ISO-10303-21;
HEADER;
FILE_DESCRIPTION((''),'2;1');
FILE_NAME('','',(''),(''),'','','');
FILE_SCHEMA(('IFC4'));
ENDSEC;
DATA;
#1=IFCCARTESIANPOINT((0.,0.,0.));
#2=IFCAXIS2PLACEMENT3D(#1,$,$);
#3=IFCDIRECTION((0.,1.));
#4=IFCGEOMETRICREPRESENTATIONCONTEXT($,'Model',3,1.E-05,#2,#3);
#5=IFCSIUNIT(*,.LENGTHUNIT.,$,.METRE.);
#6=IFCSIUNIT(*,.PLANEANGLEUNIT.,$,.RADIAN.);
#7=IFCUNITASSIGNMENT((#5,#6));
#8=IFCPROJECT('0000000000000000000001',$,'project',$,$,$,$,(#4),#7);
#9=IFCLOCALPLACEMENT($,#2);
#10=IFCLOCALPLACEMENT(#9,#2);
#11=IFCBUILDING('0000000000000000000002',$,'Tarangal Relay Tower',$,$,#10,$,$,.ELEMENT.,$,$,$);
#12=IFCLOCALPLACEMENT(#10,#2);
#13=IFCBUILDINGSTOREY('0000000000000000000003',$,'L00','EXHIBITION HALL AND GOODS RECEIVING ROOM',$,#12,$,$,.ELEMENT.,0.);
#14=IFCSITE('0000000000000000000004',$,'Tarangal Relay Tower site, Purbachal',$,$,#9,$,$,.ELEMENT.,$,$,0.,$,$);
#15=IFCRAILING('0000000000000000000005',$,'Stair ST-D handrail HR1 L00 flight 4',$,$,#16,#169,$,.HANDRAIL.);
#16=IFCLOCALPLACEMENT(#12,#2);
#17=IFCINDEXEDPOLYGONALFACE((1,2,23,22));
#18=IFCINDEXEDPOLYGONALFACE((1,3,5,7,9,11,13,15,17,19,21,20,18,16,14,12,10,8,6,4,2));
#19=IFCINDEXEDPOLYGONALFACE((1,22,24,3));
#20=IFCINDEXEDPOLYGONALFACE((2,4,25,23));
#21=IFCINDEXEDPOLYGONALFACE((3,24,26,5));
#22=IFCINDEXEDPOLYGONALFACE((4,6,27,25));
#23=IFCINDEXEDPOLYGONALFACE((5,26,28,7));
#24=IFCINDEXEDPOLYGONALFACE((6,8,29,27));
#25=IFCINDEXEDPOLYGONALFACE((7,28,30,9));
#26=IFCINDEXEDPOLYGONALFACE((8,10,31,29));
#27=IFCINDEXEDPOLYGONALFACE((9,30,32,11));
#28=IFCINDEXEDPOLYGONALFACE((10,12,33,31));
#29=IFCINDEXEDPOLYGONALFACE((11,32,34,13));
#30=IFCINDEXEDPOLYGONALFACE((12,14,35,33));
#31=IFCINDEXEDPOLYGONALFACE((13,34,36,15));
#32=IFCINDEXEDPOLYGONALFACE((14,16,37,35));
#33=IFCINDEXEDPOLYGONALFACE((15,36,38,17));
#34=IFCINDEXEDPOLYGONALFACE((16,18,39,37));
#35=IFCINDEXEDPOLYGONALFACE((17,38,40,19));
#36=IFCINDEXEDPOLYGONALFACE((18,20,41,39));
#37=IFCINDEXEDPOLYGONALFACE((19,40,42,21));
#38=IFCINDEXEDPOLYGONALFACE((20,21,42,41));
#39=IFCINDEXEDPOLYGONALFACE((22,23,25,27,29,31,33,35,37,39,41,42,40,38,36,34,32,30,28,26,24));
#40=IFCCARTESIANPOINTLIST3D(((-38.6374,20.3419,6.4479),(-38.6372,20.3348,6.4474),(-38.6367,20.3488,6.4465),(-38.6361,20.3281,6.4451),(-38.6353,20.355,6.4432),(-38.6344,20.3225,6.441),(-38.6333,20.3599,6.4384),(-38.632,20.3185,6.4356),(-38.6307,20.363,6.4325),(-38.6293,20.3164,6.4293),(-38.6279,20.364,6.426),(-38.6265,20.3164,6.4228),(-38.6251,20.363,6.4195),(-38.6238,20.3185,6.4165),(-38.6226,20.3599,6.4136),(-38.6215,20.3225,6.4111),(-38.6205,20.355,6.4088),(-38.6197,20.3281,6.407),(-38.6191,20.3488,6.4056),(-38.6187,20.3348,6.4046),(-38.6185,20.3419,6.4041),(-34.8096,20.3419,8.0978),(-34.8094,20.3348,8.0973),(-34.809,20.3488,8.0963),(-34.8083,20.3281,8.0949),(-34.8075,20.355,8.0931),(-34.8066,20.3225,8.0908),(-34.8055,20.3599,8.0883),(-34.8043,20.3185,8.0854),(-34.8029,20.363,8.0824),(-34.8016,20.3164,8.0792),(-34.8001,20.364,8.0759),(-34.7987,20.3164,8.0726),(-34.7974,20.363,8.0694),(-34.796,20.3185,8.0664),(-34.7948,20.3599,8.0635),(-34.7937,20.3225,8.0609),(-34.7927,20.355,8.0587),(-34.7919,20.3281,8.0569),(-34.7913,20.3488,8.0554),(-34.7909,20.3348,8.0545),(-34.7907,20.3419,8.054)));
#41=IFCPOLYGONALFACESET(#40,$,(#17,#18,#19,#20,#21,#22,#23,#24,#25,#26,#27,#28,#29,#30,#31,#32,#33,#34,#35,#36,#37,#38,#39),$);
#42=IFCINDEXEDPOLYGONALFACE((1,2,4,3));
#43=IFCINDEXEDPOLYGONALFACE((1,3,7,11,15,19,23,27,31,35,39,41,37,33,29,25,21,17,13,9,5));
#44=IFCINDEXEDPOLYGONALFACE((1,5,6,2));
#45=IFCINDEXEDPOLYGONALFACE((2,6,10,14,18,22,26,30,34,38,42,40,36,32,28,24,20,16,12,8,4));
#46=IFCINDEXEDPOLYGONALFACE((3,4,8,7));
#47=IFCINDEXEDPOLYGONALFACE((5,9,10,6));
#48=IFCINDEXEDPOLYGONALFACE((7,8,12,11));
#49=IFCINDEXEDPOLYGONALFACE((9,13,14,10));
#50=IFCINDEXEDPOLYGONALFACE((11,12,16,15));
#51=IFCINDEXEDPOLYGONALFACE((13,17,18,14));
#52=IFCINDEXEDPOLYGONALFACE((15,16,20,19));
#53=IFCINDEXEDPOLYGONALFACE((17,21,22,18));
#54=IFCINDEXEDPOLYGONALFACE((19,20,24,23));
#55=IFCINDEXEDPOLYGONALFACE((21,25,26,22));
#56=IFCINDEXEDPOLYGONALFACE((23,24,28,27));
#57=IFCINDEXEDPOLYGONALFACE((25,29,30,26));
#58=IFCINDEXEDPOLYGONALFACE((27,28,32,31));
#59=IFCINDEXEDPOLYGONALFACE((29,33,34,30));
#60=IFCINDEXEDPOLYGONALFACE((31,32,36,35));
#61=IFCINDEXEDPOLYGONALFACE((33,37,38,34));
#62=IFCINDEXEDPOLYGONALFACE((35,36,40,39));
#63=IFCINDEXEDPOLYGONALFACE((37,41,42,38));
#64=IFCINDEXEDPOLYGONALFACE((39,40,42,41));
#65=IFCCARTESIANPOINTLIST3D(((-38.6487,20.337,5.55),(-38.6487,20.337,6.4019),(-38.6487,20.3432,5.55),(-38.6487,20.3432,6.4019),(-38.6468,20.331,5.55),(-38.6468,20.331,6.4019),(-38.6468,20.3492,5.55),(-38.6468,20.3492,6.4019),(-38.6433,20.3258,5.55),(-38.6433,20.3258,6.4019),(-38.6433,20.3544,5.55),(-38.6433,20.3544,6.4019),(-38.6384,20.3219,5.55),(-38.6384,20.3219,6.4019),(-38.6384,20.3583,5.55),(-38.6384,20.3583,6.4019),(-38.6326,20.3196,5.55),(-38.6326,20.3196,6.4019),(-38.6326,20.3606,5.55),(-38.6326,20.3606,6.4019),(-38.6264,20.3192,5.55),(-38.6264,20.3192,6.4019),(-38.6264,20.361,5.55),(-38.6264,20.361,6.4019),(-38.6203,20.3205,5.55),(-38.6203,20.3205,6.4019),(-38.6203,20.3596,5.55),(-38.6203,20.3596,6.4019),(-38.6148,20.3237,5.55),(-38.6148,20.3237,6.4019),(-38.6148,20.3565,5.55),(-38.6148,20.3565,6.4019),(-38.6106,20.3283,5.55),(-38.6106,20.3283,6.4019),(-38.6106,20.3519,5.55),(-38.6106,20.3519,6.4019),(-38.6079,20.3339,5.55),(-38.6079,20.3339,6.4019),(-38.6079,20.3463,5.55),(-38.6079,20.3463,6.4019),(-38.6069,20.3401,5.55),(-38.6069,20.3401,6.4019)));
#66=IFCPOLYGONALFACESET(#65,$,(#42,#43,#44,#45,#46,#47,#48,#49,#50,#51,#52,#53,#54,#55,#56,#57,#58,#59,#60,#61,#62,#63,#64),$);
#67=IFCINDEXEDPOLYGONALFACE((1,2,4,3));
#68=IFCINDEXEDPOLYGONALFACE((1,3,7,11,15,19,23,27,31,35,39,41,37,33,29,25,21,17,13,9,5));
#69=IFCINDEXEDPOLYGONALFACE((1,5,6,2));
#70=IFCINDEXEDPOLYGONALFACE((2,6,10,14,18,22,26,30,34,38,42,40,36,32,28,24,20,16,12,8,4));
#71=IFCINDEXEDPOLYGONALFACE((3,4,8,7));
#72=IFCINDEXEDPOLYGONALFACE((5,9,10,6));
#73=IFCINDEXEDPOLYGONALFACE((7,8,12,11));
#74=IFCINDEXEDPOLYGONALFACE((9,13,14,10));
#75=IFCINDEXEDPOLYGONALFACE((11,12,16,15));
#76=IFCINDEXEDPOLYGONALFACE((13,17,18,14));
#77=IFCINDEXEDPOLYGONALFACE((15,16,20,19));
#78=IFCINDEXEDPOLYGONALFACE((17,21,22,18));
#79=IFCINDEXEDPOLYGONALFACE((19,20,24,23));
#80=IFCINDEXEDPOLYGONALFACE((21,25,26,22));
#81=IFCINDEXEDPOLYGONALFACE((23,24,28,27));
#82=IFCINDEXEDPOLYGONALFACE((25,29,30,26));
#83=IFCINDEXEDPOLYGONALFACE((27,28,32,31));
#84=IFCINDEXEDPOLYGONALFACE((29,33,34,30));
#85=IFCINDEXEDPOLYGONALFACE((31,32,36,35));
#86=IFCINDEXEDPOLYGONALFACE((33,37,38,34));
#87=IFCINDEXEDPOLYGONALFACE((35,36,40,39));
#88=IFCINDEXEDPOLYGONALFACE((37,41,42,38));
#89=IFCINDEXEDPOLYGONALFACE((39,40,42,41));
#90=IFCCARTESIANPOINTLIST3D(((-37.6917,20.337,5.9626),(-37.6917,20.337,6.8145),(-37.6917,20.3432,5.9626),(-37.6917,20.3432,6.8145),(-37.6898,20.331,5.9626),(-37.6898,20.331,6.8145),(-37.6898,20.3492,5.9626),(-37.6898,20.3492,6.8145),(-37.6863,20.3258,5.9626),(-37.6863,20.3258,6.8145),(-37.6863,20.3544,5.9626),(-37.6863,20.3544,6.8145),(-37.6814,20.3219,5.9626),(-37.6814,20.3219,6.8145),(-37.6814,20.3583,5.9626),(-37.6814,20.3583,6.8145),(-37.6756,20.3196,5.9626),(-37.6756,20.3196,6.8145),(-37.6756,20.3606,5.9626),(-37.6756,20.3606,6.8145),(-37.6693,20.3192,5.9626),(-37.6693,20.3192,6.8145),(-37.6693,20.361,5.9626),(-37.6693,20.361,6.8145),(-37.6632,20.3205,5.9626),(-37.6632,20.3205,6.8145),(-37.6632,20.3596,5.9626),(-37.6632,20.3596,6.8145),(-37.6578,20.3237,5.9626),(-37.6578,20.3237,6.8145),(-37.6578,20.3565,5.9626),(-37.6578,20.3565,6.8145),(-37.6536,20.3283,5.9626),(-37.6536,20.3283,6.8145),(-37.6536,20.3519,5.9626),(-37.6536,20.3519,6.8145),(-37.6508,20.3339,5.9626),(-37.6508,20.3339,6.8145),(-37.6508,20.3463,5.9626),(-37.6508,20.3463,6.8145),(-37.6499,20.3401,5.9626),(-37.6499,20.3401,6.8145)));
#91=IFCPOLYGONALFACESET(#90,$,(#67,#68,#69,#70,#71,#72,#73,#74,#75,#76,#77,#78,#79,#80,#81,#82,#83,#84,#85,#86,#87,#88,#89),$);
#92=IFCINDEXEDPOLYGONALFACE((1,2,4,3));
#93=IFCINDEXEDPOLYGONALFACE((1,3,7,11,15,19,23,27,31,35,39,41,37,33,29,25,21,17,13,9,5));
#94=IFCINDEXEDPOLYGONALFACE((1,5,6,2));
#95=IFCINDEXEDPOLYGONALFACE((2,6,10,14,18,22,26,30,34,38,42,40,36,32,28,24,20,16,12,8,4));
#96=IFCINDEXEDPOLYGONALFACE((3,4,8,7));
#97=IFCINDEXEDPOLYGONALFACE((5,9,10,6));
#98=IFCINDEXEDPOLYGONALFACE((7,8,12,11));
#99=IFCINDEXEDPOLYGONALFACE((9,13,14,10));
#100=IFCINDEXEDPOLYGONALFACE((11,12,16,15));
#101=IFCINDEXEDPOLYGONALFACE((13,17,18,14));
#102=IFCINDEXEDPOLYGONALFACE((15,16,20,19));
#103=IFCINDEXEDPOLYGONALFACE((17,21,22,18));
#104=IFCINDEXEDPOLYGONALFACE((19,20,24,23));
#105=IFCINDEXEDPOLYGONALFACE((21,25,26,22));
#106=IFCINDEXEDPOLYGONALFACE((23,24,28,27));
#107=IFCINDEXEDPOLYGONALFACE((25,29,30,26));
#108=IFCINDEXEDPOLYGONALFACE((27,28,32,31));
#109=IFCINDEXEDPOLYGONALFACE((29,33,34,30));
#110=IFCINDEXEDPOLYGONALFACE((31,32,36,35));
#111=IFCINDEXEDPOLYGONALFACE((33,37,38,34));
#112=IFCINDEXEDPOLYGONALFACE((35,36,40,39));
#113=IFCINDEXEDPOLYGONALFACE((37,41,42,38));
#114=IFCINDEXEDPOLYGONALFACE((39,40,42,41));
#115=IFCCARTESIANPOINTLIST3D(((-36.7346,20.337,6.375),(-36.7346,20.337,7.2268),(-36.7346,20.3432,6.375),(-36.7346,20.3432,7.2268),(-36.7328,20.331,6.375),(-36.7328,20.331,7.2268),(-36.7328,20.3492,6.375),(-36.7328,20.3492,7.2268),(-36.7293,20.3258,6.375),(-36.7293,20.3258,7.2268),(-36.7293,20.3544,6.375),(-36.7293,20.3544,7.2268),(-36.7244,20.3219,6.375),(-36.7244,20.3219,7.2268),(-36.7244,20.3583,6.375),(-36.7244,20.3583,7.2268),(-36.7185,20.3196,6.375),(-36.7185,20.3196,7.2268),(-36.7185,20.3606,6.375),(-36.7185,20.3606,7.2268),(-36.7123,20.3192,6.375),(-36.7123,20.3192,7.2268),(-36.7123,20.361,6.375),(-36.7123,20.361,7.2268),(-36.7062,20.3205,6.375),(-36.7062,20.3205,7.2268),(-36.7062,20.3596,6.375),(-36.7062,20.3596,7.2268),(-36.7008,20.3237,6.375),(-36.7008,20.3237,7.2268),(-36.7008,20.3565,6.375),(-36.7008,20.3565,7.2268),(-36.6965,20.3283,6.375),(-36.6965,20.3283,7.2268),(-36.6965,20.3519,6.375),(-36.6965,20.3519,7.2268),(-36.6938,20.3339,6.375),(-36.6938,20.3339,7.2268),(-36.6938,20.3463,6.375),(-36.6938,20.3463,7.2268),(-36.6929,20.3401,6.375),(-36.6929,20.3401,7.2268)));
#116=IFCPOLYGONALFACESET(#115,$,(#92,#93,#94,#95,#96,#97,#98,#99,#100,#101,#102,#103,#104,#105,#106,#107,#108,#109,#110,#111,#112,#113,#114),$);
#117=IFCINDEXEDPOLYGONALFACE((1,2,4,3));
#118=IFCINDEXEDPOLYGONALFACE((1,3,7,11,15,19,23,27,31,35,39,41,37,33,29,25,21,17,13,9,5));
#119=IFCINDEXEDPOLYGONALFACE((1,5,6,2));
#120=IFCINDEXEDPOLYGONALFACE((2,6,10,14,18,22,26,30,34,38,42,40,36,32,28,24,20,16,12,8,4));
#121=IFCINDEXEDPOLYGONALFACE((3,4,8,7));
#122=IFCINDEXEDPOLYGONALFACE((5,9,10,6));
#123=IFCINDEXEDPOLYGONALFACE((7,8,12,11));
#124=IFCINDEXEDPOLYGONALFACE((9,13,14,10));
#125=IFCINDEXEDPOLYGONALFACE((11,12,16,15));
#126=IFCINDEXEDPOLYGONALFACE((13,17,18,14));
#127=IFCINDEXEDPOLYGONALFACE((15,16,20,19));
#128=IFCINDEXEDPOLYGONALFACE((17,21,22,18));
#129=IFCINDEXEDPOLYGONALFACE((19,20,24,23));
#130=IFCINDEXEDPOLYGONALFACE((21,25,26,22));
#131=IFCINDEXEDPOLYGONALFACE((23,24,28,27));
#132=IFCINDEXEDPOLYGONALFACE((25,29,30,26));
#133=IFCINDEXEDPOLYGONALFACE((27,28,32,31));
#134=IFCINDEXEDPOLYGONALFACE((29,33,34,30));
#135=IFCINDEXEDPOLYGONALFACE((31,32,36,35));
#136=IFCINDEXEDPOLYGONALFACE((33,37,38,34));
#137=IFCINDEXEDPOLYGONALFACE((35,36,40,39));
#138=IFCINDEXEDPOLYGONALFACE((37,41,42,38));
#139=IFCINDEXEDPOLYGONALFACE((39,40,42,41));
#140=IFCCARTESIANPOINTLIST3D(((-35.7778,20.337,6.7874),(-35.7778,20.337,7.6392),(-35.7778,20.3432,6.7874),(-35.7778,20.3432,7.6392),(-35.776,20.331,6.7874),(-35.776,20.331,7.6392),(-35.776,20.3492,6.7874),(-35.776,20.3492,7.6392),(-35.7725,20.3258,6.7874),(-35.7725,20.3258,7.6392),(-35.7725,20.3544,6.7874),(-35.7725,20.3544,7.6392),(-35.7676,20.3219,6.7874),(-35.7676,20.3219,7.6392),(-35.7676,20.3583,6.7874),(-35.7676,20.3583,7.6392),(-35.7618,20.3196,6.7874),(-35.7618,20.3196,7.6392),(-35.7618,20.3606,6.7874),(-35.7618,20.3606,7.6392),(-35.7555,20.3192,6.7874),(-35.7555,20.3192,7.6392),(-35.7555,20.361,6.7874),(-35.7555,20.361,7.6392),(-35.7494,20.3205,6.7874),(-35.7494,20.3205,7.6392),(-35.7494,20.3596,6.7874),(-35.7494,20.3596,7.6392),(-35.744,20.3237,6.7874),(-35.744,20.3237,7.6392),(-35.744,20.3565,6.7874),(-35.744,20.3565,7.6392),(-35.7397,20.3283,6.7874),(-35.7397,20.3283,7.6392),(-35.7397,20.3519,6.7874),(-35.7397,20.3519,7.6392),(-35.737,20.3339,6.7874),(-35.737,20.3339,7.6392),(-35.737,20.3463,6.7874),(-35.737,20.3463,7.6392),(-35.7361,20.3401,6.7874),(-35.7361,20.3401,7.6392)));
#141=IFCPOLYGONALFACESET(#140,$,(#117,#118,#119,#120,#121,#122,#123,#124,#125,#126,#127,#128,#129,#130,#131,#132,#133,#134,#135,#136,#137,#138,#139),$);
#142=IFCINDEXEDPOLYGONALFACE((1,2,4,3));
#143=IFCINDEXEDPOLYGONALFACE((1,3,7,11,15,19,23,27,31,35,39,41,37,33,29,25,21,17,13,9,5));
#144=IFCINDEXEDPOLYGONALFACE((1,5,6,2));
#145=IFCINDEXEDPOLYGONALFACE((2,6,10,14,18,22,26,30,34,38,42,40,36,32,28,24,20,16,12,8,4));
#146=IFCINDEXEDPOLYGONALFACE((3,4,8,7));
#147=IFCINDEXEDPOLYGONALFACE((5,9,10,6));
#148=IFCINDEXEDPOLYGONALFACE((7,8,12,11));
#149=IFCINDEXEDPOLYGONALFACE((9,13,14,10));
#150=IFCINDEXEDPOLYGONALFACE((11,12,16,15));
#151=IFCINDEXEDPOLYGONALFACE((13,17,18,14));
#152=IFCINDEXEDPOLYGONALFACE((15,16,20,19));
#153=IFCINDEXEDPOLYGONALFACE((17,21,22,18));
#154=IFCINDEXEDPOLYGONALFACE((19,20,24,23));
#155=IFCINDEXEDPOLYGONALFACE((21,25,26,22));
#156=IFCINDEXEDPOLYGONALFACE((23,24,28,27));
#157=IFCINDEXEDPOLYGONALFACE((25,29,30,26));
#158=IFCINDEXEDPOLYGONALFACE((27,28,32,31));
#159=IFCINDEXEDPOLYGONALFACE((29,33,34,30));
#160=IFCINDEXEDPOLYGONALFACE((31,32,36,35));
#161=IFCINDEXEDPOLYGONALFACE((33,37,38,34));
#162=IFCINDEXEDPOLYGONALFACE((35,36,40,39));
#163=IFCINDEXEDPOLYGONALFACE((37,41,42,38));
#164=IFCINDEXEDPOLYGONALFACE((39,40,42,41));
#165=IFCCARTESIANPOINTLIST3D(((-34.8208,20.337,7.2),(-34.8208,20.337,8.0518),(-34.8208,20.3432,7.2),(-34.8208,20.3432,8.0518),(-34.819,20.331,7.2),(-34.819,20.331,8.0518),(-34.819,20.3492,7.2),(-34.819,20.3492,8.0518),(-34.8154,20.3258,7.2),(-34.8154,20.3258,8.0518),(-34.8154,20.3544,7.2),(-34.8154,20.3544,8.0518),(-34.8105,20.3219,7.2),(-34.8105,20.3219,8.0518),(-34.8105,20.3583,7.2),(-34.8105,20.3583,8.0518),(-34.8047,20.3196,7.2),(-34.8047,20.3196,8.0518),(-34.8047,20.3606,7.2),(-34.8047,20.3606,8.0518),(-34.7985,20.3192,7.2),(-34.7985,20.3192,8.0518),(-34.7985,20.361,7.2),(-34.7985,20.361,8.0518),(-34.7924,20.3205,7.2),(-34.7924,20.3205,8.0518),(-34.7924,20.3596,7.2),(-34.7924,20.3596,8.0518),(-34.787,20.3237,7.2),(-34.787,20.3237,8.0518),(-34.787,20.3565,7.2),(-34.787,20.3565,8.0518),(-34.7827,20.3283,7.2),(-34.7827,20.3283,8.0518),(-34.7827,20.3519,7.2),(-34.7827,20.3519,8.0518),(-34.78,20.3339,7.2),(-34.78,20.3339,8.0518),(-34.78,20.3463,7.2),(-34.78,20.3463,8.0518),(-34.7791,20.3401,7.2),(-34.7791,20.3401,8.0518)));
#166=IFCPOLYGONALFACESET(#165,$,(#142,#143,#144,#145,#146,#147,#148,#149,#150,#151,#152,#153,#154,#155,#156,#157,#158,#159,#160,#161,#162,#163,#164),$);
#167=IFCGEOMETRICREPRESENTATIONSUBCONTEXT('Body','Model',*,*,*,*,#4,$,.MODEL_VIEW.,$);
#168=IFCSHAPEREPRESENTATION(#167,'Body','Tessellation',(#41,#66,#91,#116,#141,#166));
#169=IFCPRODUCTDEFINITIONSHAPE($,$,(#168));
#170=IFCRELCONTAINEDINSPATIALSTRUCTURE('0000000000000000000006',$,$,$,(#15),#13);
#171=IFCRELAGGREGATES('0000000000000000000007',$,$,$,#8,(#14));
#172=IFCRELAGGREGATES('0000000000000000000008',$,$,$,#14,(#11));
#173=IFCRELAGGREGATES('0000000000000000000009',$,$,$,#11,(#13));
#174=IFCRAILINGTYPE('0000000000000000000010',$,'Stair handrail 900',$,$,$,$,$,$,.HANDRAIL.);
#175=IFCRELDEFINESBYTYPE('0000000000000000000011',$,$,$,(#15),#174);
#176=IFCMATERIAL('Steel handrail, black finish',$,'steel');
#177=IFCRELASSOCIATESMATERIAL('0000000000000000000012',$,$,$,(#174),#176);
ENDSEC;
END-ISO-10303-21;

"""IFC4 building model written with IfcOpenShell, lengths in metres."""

from ifc_helpers import new_model, si_unit, direction, frame, origin, origin_2d, place, context, subcontext, project, spatial, circle, extrude, material, type_object, element, save


model = new_model("IFC4")

# Units and contexts
model_context = context("Model", 3, precision=1e-05, world=origin(), true_north=direction((0.0, 1.0)))
body_context = subcontext(model_context, "Body", "Model", "MODEL_VIEW")
ifc_project = project(units=[si_unit("LENGTHUNIT", "METRE"), si_unit("PLANEANGLEUNIT", "RADIAN")], contexts=[model_context])

# Site, building, storey
site_placement = place(None, origin())
site = spatial("IfcSite", under=ifc_project, at=site_placement, Name="Tarangal Relay Tower site, Purbachal", CompositionType="ELEMENT", RefElevation=0.0)
building_placement = place(site_placement, origin())
building = spatial("IfcBuilding", under=site, at=building_placement, Name="Tarangal Relay Tower", CompositionType="ELEMENT")
storey_placement = place(building_placement, origin())
storey = spatial("IfcBuildingStorey", under=building, at=storey_placement, Name="L00", Description="EXHIBITION HALL AND GOODS RECEIVING ROOM", CompositionType="ELEMENT", Elevation=0.0)

# Railing
ifc_material_1 = material(Name="Steel handrail, black finish", Category="steel")
railing_type_1 = type_object("IfcRailingType", Name="Stair handrail 900", PredefinedType="HANDRAIL", material=ifc_material_1)
railing_1_placement = place(storey_placement, frame((-38.6279, 20.3401, 5.55)))
element("IfcRailing", 1, at=railing_1_placement, inside=storey, type_object=railing_type_1, Name="Stair ST-D handrail HR1 L00 flight 4", PredefinedType="HANDRAIL", context=body_context, shape_type="SweptSolid", body=[
    extrude(circle(Radius=0.0239, at=origin_2d()), frame((0.0, 0.0, 0.876), z_axis=(0.918328, 0.0, 0.39582), x_axis=(0.0, 1.0, 0.0)), (0.0, 0.0, 1.0), 4.1682),
    extrude(circle(Radius=0.021, at=origin_2d()), origin(), (0.0, 0.0, 1.0), 0.8518),
    extrude(circle(Radius=0.021, at=origin_2d()), frame((0.957, 0.0, 0.4126)), (0.0, 0.0, 1.0), 0.8518),
    extrude(circle(Radius=0.021, at=origin_2d()), frame((1.9141, 0.0, 0.825)), (0.0, 0.0, 1.0), 0.8518),
    extrude(circle(Radius=0.021, at=origin_2d()), frame((2.8708, 0.0, 1.2373)), (0.0, 0.0, 1.0), 0.8518),
    extrude(circle(Radius=0.021, at=origin_2d()), frame((3.8279, 0.0, 1.6499)), (0.0, 0.0, 1.0), 0.8518),
])

save(model, "model.ifc")
